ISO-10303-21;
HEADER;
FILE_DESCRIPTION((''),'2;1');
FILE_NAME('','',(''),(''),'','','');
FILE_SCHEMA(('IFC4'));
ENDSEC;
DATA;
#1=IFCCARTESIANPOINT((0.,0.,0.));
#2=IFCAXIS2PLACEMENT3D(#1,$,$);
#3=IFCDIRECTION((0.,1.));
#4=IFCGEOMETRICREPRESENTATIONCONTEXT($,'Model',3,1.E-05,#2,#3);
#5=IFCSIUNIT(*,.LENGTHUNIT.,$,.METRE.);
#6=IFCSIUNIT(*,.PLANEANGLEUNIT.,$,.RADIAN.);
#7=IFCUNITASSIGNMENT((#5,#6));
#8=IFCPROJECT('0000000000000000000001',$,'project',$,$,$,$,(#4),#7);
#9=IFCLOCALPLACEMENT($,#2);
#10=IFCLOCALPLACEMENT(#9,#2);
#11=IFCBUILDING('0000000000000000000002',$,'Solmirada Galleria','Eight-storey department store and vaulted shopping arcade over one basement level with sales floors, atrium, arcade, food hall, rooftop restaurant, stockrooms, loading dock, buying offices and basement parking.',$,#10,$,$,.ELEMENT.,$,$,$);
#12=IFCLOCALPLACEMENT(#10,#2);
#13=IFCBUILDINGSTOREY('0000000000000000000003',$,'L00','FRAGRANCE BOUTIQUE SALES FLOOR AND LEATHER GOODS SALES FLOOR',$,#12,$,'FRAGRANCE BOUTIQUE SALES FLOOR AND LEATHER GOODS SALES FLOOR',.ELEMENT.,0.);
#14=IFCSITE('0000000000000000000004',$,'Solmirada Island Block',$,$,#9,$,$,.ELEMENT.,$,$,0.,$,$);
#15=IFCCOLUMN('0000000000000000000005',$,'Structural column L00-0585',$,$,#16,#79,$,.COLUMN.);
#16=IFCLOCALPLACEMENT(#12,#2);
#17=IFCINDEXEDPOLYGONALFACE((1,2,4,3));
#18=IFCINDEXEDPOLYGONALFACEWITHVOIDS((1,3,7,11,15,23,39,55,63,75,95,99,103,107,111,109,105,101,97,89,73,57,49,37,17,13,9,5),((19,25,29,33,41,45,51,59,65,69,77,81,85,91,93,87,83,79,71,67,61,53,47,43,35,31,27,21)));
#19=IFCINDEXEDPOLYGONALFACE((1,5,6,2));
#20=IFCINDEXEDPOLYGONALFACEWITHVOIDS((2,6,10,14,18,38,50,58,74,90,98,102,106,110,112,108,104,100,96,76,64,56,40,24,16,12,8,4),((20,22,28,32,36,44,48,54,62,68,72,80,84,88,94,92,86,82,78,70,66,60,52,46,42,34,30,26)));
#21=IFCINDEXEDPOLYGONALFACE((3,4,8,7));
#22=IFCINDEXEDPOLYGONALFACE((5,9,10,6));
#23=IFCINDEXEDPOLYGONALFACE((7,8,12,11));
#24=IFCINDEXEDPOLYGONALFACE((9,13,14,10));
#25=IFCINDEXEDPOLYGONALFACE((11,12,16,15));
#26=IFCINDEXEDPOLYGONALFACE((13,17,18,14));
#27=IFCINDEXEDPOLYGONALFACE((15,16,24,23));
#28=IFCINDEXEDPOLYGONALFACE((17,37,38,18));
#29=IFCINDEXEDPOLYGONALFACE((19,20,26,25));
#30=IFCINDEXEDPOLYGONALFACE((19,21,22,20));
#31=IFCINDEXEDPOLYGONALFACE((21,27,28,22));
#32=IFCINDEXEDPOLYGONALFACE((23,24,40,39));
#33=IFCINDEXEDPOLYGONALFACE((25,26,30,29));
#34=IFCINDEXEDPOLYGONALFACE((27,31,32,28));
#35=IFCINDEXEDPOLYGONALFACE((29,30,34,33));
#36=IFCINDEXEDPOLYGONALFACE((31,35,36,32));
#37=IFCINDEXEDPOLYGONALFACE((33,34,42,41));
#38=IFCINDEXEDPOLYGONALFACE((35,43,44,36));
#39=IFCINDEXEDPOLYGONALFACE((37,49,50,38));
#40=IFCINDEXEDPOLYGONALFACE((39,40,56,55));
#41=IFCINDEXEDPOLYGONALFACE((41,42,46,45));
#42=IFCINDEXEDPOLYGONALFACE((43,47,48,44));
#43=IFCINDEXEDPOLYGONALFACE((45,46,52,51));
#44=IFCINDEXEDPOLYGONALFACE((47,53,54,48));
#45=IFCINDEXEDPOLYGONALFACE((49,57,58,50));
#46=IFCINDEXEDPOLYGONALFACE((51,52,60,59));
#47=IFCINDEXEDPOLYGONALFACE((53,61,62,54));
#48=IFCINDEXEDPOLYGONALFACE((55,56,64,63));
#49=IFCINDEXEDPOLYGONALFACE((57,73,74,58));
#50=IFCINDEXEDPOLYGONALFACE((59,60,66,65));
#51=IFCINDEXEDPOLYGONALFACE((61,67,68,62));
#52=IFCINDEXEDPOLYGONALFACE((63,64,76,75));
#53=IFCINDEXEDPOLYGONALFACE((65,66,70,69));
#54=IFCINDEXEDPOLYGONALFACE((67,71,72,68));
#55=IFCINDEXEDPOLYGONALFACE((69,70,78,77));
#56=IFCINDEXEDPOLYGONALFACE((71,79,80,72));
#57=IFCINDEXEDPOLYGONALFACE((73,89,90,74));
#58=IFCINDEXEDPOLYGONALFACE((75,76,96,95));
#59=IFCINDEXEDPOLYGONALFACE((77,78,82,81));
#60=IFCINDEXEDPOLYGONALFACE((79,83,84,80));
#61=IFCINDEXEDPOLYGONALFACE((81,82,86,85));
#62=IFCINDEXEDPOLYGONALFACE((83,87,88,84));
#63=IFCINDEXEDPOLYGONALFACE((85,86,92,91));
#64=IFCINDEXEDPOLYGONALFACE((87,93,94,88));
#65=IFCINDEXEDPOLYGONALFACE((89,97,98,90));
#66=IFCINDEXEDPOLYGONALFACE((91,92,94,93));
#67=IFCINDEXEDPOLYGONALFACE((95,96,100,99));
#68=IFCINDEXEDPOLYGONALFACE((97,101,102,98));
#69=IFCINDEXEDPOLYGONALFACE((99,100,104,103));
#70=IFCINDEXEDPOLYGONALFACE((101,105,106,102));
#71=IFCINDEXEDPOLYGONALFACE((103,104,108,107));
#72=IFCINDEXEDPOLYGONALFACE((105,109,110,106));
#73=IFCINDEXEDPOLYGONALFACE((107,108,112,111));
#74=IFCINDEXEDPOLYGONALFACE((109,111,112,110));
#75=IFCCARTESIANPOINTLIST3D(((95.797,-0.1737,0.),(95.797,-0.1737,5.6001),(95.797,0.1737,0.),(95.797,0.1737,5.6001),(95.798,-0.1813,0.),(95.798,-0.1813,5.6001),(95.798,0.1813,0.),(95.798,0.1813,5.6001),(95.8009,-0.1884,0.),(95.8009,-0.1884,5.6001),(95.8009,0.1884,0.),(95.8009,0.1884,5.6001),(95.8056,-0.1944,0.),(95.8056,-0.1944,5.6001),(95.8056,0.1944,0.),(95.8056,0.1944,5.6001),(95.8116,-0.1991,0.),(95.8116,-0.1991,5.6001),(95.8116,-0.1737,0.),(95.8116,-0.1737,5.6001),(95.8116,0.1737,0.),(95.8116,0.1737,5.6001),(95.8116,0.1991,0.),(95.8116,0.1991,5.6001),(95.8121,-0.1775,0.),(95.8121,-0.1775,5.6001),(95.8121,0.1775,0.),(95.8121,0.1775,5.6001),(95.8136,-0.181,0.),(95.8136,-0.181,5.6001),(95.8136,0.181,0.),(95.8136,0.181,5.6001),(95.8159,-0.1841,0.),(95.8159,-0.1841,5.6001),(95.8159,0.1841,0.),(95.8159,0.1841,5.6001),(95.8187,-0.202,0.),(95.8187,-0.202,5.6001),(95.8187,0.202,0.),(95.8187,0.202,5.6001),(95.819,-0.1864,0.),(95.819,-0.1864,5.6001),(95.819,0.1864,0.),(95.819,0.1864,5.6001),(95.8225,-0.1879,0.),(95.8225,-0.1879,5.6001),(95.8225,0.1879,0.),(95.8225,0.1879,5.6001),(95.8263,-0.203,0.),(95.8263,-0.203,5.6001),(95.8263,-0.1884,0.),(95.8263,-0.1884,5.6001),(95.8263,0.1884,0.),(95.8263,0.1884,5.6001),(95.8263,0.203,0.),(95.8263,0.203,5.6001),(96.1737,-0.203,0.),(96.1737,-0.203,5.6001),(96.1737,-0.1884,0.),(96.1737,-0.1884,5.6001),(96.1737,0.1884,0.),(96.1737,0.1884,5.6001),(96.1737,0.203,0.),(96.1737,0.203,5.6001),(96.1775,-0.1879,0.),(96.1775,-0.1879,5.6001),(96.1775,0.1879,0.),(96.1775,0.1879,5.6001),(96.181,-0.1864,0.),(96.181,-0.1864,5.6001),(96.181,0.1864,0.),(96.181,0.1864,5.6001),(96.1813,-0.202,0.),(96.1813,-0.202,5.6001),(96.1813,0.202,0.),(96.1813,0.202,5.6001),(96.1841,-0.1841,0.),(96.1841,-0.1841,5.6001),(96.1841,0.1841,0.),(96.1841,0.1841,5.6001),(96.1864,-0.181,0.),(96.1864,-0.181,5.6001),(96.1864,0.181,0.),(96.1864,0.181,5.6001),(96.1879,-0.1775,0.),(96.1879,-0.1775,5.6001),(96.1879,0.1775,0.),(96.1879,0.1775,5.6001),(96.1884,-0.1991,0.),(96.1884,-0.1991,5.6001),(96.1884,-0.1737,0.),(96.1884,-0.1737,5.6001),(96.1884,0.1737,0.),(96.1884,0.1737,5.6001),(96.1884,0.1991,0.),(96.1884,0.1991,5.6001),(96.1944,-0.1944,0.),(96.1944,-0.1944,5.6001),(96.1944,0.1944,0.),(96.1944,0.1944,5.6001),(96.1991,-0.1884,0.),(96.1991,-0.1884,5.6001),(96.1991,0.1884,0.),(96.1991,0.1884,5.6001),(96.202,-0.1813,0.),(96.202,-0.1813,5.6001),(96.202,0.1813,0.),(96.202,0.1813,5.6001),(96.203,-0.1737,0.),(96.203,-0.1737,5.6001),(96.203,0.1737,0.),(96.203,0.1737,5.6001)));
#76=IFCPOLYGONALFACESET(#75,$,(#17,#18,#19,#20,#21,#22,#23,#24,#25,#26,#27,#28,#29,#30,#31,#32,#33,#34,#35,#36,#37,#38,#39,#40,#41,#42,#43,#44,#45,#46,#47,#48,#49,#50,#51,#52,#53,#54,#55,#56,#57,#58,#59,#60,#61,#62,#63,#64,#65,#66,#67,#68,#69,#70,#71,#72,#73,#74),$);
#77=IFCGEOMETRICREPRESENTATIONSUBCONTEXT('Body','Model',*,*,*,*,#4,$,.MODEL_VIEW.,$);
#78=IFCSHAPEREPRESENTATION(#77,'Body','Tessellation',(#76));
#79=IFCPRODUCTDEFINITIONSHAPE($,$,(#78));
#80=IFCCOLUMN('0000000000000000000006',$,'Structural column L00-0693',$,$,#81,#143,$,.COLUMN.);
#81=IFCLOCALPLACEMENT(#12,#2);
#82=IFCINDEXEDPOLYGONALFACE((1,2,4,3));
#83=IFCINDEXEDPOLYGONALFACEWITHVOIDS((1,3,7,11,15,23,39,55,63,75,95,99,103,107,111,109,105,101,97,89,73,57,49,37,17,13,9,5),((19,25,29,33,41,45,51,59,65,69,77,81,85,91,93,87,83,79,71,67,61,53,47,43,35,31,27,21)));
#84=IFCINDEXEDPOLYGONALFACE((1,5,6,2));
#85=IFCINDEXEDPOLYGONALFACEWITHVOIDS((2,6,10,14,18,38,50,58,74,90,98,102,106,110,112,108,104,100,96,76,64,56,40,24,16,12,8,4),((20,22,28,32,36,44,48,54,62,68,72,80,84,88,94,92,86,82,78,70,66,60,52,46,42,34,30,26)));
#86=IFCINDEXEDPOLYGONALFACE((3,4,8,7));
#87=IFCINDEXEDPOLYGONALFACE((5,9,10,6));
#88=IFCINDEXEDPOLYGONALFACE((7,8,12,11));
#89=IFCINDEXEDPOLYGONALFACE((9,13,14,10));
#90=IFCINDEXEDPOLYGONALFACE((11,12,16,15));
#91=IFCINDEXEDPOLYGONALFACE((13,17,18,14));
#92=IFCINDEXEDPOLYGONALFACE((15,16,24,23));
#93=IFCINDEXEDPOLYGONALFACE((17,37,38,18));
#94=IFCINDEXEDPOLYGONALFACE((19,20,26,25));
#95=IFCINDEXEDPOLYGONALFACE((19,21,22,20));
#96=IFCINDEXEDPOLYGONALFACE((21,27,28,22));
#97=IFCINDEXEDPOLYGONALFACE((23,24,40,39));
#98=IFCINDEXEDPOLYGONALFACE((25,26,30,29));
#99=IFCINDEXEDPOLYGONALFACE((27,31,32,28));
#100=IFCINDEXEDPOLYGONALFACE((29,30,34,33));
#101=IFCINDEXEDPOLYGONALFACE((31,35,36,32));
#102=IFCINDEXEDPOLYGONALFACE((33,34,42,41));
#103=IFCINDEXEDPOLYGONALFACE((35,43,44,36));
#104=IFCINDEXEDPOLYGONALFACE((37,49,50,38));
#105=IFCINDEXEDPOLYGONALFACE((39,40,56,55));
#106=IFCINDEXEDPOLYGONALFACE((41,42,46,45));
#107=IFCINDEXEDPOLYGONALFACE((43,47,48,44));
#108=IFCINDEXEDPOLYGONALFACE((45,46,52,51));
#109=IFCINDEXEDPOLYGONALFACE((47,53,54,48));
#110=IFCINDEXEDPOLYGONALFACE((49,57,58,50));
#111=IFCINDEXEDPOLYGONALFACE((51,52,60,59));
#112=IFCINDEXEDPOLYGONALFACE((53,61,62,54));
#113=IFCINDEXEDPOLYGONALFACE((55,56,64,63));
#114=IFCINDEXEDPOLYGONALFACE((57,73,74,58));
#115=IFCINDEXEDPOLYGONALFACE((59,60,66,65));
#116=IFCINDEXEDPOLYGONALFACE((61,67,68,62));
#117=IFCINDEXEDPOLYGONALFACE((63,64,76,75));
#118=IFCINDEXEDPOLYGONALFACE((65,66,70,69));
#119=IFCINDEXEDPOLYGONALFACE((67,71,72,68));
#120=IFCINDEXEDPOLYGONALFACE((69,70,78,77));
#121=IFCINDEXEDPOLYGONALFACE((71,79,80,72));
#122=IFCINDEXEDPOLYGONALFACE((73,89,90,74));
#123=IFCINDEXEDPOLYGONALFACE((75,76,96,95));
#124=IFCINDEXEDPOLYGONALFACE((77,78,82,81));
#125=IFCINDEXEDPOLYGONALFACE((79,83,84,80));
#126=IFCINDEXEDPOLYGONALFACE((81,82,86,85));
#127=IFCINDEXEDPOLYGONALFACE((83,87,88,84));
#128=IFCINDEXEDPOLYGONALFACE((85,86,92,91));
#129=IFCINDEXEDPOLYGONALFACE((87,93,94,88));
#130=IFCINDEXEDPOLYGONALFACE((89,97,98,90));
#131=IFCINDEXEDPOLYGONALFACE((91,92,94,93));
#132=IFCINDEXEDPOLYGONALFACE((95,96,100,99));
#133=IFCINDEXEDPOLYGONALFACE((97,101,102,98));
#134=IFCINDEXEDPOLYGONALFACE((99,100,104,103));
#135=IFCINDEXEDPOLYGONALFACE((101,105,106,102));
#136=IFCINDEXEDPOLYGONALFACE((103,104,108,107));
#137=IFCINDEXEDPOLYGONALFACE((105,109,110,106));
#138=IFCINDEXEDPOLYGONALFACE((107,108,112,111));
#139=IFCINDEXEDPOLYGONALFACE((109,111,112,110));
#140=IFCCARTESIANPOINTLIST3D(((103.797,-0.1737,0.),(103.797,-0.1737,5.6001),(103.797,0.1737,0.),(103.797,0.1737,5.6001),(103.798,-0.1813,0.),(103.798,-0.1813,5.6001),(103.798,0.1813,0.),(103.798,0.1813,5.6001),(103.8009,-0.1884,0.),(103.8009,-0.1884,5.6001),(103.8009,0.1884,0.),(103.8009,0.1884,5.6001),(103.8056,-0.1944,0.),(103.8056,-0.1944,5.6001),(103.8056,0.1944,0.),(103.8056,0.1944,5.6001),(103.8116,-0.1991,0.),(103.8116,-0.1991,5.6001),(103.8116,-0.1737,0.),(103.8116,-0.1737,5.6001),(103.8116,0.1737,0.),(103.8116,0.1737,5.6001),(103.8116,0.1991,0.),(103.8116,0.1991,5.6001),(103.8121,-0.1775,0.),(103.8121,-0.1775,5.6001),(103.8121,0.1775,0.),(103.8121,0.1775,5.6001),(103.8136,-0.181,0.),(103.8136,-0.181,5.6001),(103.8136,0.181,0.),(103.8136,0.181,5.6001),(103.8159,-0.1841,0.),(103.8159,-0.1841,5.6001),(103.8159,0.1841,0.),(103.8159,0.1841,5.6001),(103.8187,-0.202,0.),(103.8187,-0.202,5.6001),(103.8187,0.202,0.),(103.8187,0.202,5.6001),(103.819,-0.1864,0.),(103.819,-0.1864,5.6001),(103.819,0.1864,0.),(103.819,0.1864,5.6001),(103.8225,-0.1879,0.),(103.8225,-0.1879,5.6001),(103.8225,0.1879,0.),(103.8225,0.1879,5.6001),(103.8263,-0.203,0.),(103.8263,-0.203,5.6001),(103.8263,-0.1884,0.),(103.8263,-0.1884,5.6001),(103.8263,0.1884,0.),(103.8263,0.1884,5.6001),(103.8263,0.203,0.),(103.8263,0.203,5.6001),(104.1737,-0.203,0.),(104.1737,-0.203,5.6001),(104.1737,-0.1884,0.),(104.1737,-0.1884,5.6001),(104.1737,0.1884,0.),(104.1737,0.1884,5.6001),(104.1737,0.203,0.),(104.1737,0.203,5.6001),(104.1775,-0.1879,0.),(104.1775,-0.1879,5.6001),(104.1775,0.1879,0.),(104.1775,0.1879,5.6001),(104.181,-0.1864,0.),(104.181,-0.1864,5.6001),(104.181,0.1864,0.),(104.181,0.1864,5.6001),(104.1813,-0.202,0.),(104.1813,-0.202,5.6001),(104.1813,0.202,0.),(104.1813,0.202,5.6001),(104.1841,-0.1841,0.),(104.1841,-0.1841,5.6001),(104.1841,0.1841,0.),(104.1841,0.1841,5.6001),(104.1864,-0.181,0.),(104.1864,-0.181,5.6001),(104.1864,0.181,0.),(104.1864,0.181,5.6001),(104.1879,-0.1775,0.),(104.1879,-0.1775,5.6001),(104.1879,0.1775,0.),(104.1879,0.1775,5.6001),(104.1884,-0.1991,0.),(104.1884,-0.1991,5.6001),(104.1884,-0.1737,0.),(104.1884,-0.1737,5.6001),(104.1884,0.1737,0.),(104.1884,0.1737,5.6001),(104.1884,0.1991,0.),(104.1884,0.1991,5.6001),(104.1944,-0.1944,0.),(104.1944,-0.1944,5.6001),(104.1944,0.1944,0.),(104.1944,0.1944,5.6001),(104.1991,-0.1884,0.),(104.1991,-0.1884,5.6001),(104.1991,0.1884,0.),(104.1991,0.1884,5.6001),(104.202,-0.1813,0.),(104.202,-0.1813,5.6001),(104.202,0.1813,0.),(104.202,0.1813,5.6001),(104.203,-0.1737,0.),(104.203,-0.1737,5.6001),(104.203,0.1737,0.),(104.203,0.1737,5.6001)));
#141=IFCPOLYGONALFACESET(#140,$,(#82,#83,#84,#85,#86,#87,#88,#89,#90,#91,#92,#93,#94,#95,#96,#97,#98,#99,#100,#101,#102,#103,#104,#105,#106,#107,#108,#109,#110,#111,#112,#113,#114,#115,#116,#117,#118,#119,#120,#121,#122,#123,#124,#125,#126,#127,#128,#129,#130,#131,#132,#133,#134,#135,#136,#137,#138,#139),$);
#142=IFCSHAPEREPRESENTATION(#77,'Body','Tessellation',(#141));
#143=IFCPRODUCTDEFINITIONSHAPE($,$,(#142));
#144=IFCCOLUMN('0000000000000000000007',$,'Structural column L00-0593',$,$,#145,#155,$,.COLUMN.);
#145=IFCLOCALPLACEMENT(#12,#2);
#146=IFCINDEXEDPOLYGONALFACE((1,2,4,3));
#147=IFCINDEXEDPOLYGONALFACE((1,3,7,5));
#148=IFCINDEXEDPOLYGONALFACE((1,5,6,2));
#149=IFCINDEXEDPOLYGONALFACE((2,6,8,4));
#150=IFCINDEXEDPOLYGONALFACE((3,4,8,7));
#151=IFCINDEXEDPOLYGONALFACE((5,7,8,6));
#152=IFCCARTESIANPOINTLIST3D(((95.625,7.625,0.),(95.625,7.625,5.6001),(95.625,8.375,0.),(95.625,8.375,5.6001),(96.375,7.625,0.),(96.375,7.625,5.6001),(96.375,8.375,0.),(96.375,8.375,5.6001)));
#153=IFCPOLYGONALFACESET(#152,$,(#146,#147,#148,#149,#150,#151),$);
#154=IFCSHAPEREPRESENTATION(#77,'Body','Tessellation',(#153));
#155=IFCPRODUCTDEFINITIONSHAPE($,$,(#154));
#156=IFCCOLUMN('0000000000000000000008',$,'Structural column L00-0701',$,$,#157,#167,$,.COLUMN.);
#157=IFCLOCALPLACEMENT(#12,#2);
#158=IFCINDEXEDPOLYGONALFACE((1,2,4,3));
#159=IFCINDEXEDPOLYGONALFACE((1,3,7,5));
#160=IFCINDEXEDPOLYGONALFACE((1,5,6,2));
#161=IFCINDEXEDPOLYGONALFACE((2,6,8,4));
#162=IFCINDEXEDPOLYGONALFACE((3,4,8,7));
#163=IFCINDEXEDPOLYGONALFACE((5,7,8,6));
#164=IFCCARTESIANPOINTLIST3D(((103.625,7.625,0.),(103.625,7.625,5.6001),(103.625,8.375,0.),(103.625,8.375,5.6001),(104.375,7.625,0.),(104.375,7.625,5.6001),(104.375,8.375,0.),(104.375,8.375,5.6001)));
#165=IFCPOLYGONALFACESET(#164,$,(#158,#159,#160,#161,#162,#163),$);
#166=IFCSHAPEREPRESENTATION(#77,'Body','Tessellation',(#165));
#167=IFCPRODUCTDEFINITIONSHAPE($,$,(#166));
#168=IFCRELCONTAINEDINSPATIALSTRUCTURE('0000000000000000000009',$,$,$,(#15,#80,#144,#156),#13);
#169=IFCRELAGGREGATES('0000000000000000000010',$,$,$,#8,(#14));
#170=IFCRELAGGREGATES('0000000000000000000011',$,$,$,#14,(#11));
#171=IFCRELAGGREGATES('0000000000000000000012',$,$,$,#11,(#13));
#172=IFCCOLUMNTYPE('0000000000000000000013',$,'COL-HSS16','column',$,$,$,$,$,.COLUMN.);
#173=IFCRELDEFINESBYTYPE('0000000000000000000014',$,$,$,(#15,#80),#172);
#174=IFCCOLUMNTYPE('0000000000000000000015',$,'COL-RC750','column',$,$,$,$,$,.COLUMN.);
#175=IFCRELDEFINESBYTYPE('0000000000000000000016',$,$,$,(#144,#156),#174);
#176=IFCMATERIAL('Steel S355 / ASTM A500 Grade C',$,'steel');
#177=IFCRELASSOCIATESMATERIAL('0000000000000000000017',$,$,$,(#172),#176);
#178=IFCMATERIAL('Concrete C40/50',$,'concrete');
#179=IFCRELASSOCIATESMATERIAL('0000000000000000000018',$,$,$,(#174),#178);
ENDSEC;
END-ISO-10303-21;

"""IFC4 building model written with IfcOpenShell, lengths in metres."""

from ifc_helpers import new_model, si_unit, direction, frame, origin, origin_2d, place, context, subcontext, project, spatial, rectangle, hollow_rectangle, extrude, material, material_profile, profile_set, type_object, element, save


model = new_model("IFC4")

# Units and contexts
model_context = context("Model", 3, precision=1e-05, world=origin(), true_north=direction((0.0, 1.0)))
body_context = subcontext(model_context, "Body", "Model", "MODEL_VIEW")
ifc_project = project(units=[si_unit("LENGTHUNIT", "METRE"), si_unit("PLANEANGLEUNIT", "RADIAN")], contexts=[model_context])

# Site, building, storey
site_placement = place(None, origin())
site = spatial("IfcSite", under=ifc_project, at=site_placement, Name="Solmirada Island Block", CompositionType="ELEMENT", RefElevation=0.0)
building_placement = place(site_placement, origin())
building = spatial("IfcBuilding", under=site, at=building_placement, Name="Solmirada Galleria", Description="Eight-storey department store and vaulted shopping arcade over one basement level with sales floors, atrium, arcade, food hall, rooftop restaurant, stockrooms, loading dock, buying offices and basement parking.", CompositionType="ELEMENT")
storey_placement = place(building_placement, origin())
storey = spatial("IfcBuildingStorey", under=building, at=storey_placement, Name="L00", Description="FRAGRANCE BOUTIQUE SALES FLOOR AND LEATHER GOODS SALES FLOOR", LongName="FRAGRANCE BOUTIQUE SALES FLOOR AND LEATHER GOODS SALES FLOOR", CompositionType="ELEMENT", Elevation=0.0)

# Columns
ifc_material_1 = material(Name="Steel S355 / ASTM A500 Grade C", Category="steel")
ifc_material_profile_1 = material_profile(ifc_material_1, hollow_rectangle(XDim=0.406, YDim=0.406, WallThickness=0.0146, InnerFilletRadius=0.0146, OuterFilletRadius=0.0293, at=origin_2d()), Name="HSS16X16X5/8")
ifc_profile_set_1 = profile_set([ifc_material_profile_1], Name="Steel S355 / ASTM A500 Grade C")
column_type_1 = type_object("IfcColumnType", Name="COL-HSS16", Description="column", PredefinedType="COLUMN", material=ifc_profile_set_1)
for number, where, z_axis, x_axis, name in (
    (1, (96.0, 0.0, 0.0), (0.0, 0.0, 1.0), (1.0, 0.0, 0.0), "Structural column L00-0585"),
    (2, (104.0, 0.0, 0.0), (0.0, 0.0, 1.0), (1.0, 0.0, 0.0), "Structural column L00-0693"),
):
    element("IfcColumn", number, at=place(storey_placement, frame(where, z_axis=z_axis, x_axis=x_axis)), inside=storey, type_object=column_type_1, Name=name, PredefinedType="COLUMN", context=body_context, shape_type="SweptSolid", body=[
        extrude(hollow_rectangle(XDim=0.406, YDim=0.406, WallThickness=0.0146, InnerFilletRadius=0.0146, OuterFilletRadius=0.0293, at=origin_2d()), origin(), (0.0, 0.0, 1.0), 5.6001),
    ])
ifc_material_2 = material(Name="Concrete C40/50", Category="concrete")
ifc_material_profile_2 = material_profile(ifc_material_2, rectangle(XDim=0.75, YDim=0.75, at=origin_2d()), Name="RC750X750")
ifc_profile_set_2 = profile_set([ifc_material_profile_2], Name="Concrete C40/50")
column_type_2 = type_object("IfcColumnType", Name="COL-RC750", Description="column", PredefinedType="COLUMN", material=ifc_profile_set_2)
for number, where, z_axis, x_axis, name in (
    (3, (96.0, 8.0, 0.0), (0.0, 0.0, 1.0), (1.0, 0.0, 0.0), "Structural column L00-0593"),
    (4, (104.0, 8.0, 0.0), (0.0, 0.0, 1.0), (1.0, 0.0, 0.0), "Structural column L00-0701"),
):
    element("IfcColumn", number, at=place(storey_placement, frame(where, z_axis=z_axis, x_axis=x_axis)), inside=storey, type_object=column_type_2, Name=name, PredefinedType="COLUMN", context=body_context, shape_type="SweptSolid", body=[
        extrude(rectangle(XDim=0.75, YDim=0.75, at=origin_2d()), origin(), (0.0, 0.0, 1.0), 5.6001),
    ])

save(model, "model.ifc")
